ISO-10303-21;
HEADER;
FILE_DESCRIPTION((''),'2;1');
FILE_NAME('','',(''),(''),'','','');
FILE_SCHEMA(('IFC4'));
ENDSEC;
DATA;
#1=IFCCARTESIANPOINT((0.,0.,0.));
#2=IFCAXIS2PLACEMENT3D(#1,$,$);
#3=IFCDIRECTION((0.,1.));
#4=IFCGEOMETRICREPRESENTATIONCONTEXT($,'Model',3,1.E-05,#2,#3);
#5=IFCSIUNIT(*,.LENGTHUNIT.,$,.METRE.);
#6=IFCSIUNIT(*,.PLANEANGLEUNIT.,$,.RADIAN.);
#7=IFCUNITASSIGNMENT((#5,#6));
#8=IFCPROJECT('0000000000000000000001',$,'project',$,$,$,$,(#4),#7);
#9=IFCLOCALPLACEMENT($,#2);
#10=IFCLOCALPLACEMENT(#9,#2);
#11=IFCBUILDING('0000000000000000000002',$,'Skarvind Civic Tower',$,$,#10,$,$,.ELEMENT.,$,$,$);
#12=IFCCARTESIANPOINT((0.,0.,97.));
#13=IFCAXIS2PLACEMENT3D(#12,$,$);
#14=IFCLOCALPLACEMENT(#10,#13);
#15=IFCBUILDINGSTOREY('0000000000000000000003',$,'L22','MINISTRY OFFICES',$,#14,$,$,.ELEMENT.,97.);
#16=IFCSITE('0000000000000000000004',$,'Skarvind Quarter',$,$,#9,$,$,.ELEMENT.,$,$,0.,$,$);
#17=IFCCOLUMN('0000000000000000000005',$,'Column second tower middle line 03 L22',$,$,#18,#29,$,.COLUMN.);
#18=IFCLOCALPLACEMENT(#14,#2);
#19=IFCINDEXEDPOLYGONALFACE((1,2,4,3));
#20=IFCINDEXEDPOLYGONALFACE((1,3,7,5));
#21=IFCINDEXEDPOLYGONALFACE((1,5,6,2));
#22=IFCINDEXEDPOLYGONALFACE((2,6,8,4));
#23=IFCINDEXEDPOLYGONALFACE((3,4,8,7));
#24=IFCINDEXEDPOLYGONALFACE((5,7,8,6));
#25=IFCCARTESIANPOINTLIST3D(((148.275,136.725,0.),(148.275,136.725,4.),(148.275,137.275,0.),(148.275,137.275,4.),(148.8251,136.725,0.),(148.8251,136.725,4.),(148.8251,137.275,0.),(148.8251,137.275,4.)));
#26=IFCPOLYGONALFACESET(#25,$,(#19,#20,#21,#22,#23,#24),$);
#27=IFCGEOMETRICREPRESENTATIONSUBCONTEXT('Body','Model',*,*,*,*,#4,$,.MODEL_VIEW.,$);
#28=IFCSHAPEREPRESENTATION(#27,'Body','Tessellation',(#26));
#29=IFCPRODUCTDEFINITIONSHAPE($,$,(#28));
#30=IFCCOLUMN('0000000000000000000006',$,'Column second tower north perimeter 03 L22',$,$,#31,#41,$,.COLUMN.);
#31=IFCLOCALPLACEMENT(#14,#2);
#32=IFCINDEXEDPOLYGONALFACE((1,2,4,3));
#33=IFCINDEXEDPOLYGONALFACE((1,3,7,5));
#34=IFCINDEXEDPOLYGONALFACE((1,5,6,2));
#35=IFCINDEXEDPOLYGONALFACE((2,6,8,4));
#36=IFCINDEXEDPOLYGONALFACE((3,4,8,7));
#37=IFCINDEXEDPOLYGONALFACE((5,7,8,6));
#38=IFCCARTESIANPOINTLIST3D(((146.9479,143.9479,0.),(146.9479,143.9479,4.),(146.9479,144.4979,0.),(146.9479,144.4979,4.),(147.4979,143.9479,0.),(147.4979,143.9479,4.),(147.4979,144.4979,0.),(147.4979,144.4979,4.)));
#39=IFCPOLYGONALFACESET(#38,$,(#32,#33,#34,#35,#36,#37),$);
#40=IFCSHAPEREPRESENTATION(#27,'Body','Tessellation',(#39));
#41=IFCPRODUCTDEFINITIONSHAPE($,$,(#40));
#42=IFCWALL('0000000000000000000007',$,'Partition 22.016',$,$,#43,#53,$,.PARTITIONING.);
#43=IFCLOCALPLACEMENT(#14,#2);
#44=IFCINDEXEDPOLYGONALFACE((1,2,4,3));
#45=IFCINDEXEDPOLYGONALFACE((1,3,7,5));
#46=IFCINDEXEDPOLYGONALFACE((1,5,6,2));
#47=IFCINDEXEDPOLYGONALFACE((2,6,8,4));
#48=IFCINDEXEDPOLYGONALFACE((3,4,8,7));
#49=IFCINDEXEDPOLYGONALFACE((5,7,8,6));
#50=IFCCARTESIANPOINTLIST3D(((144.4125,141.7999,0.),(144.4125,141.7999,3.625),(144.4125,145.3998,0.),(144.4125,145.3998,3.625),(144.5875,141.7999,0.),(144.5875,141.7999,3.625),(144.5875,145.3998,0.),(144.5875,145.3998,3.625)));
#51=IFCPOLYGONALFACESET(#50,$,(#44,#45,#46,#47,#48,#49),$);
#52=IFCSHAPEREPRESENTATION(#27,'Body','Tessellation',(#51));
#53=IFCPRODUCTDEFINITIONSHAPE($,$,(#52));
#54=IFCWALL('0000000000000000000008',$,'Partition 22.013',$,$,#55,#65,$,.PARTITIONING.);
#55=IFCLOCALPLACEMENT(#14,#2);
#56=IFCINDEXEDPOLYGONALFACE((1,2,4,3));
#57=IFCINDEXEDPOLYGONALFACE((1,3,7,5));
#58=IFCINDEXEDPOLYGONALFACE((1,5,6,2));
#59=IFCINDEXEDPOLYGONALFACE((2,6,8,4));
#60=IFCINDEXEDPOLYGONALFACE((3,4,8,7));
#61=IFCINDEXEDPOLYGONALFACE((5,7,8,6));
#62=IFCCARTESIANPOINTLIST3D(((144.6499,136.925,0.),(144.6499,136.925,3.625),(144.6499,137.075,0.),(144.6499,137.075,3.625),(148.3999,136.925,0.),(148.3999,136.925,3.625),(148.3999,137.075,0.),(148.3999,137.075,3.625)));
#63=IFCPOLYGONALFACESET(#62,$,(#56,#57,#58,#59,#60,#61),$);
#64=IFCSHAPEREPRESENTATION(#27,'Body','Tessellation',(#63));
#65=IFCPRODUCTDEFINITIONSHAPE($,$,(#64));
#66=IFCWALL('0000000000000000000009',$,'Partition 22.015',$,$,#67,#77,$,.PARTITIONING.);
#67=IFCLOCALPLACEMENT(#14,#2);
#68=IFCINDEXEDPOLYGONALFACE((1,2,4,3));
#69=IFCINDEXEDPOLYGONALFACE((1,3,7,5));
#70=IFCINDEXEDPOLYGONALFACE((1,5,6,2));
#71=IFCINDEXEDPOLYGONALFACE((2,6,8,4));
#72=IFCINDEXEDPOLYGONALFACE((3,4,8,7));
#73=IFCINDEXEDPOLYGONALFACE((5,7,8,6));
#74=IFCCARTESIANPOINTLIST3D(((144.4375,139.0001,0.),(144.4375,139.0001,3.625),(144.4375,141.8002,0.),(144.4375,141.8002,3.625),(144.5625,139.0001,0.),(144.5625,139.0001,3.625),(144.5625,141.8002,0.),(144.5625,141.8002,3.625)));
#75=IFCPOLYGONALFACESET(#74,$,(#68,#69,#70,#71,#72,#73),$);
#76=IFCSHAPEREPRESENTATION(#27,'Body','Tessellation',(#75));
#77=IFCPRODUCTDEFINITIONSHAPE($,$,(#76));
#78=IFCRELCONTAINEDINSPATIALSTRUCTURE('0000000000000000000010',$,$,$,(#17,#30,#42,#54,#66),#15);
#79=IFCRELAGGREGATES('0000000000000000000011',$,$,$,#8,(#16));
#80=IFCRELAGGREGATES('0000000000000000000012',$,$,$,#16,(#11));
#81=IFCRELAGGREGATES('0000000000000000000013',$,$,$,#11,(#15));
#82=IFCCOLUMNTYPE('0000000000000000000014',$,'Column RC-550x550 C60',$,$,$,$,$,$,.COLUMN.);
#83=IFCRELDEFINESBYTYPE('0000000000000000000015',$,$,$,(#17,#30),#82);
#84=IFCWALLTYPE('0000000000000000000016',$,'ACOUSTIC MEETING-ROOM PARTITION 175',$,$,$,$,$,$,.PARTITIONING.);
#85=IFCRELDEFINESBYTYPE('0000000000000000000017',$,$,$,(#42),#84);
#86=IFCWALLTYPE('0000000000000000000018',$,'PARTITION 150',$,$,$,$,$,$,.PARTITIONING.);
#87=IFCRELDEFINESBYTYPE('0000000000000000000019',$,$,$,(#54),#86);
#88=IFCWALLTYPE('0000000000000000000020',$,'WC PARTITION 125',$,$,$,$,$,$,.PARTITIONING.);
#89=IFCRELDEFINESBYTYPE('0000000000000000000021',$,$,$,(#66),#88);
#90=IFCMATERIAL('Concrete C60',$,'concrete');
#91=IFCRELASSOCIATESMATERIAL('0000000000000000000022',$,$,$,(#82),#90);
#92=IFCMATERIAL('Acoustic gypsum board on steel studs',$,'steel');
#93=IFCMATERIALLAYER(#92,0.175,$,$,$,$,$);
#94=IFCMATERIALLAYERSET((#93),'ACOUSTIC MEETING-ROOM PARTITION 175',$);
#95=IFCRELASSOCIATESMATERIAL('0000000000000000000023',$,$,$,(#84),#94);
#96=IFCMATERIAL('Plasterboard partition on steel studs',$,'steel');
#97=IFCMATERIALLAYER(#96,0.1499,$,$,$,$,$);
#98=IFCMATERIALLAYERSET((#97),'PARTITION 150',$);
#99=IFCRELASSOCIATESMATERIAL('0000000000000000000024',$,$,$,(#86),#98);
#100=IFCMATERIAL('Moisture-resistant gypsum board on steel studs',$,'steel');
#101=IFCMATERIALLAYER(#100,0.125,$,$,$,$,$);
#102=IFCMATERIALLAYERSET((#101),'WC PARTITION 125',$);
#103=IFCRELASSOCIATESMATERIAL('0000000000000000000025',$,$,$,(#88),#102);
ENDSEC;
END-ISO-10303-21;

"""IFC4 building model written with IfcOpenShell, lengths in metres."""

from ifc_helpers import new_model, si_unit, direction, frame, frame_2d, origin, origin_2d, place, context, subcontext, project, spatial, rectangle, extrude, material, layer, layer_set, material_profile, profile_set, type_object, element, save


model = new_model("IFC4")

# Units and contexts
model_context = context("Model", 3, precision=1e-05, world=origin(), true_north=direction((0.0, 1.0)))
body_context = subcontext(model_context, "Body", "Model", "MODEL_VIEW")
ifc_project = project(units=[si_unit("LENGTHUNIT", "METRE"), si_unit("PLANEANGLEUNIT", "RADIAN")], contexts=[model_context])

# Site, building, storey
site_placement = place(None, origin())
site = spatial("IfcSite", under=ifc_project, at=site_placement, Name="Skarvind Quarter", CompositionType="ELEMENT", RefElevation=0.0)
building_placement = place(site_placement, origin())
building = spatial("IfcBuilding", under=site, at=building_placement, Name="Skarvind Civic Tower", CompositionType="ELEMENT")
storey_placement = place(building_placement, frame((0.0, 0.0, 97.0)))
storey = spatial("IfcBuildingStorey", under=building, at=storey_placement, Name="L22", Description="MINISTRY OFFICES", CompositionType="ELEMENT", Elevation=97.0)

# Columns
ifc_material_1 = material(Name="Concrete C60", Category="concrete")
ifc_material_profile = material_profile(ifc_material_1, rectangle(XDim=0.55, YDim=0.55, at=origin_2d()), Name="RC-550x550")
ifc_profile_set = profile_set([ifc_material_profile], Name="Concrete C60")
column_type = type_object("IfcColumnType", Name="Column RC-550x550 C60", PredefinedType="COLUMN", material=ifc_profile_set)
for number, where, z_axis, x_axis, name in (
    (1, (148.55, 137.0, 0.0), (0.0, 0.0, 1.0), (1.0, 0.0, 0.0), "Column second tower middle line 03 L22"),
    (2, (147.2229, 144.2229, 0.0), (0.0, 0.0, 1.0), (1.0, 0.0, 0.0), "Column second tower north perimeter 03 L22"),
):
    element("IfcColumn", number, at=place(storey_placement, frame(where, z_axis=z_axis, x_axis=x_axis)), inside=storey, type_object=column_type, Name=name, PredefinedType="COLUMN", context=body_context, shape_type="SweptSolid", body=[
        extrude(rectangle(XDim=0.55, YDim=0.55, at=origin_2d()), origin(), (0.0, 0.0, 1.0), 4.0),
    ])

# Walls
ifc_material_2 = material(Name="Acoustic gypsum board on steel studs", Category="steel")
ifc_layer_1 = layer(ifc_material_2, 0.175)
ifc_layer_set_1 = layer_set([ifc_layer_1], Name="ACOUSTIC MEETING-ROOM PARTITION 175")
wall_type_1 = type_object("IfcWallType", Name="ACOUSTIC MEETING-ROOM PARTITION 175", PredefinedType="PARTITIONING", material=ifc_layer_set_1)
wall_1_placement = place(storey_placement, frame((144.5, 141.8, 0.0), z_axis=(0.0, 0.0, 1.0), x_axis=(0.0, 1.0, 0.0)))
element("IfcWall", 3, at=wall_1_placement, inside=storey, type_object=wall_type_1, Name="Partition 22.016", PredefinedType="PARTITIONING", context=body_context, shape_type="SweptSolid", body=[
    extrude(rectangle(XDim=3.5999, YDim=0.175, at=frame_2d((1.7998, 0.0))), origin(), (0.0, 0.0, 1.0), 3.625),
])
ifc_material_3 = material(Name="Plasterboard partition on steel studs", Category="steel")
ifc_layer_2 = layer(ifc_material_3, 0.1499)
ifc_layer_set_2 = layer_set([ifc_layer_2], Name="PARTITION 150")
wall_type_2 = type_object("IfcWallType", Name="PARTITION 150", PredefinedType="PARTITIONING", material=ifc_layer_set_2)
wall_2_placement = place(storey_placement, frame((144.6499, 137.0, 0.0), z_axis=(0.0, 0.0, 1.0), x_axis=(1.0, 0.0, 0.0)))
element("IfcWall", 4, at=wall_2_placement, inside=storey, type_object=wall_type_2, Name="Partition 22.013", PredefinedType="PARTITIONING", context=body_context, shape_type="SweptSolid", body=[
    extrude(rectangle(XDim=3.75, YDim=0.1499, at=frame_2d((1.875, 0.0))), origin(), (0.0, 0.0, 1.0), 3.625),
])
ifc_material_4 = material(Name="Moisture-resistant gypsum board on steel studs", Category="steel")
ifc_layer_3 = layer(ifc_material_4, 0.125)
ifc_layer_set_3 = layer_set([ifc_layer_3], Name="WC PARTITION 125")
wall_type_3 = type_object("IfcWallType", Name="WC PARTITION 125", PredefinedType="PARTITIONING", material=ifc_layer_set_3)
wall_3_placement = place(storey_placement, frame((144.5, 141.8, 0.0), z_axis=(0.0, 0.0, 1.0), x_axis=(0.0, -1.0, 0.0)))
element("IfcWall", 5, at=wall_3_placement, inside=storey, type_object=wall_type_3, Name="Partition 22.015", PredefinedType="PARTITIONING", context=body_context, shape_type="SweptSolid", body=[
    extrude(rectangle(XDim=2.8, YDim=0.125, at=frame_2d((1.3999, 0.0))), origin(), (0.0, 0.0, 1.0), 3.625),
])

save(model, "model.ifc")
